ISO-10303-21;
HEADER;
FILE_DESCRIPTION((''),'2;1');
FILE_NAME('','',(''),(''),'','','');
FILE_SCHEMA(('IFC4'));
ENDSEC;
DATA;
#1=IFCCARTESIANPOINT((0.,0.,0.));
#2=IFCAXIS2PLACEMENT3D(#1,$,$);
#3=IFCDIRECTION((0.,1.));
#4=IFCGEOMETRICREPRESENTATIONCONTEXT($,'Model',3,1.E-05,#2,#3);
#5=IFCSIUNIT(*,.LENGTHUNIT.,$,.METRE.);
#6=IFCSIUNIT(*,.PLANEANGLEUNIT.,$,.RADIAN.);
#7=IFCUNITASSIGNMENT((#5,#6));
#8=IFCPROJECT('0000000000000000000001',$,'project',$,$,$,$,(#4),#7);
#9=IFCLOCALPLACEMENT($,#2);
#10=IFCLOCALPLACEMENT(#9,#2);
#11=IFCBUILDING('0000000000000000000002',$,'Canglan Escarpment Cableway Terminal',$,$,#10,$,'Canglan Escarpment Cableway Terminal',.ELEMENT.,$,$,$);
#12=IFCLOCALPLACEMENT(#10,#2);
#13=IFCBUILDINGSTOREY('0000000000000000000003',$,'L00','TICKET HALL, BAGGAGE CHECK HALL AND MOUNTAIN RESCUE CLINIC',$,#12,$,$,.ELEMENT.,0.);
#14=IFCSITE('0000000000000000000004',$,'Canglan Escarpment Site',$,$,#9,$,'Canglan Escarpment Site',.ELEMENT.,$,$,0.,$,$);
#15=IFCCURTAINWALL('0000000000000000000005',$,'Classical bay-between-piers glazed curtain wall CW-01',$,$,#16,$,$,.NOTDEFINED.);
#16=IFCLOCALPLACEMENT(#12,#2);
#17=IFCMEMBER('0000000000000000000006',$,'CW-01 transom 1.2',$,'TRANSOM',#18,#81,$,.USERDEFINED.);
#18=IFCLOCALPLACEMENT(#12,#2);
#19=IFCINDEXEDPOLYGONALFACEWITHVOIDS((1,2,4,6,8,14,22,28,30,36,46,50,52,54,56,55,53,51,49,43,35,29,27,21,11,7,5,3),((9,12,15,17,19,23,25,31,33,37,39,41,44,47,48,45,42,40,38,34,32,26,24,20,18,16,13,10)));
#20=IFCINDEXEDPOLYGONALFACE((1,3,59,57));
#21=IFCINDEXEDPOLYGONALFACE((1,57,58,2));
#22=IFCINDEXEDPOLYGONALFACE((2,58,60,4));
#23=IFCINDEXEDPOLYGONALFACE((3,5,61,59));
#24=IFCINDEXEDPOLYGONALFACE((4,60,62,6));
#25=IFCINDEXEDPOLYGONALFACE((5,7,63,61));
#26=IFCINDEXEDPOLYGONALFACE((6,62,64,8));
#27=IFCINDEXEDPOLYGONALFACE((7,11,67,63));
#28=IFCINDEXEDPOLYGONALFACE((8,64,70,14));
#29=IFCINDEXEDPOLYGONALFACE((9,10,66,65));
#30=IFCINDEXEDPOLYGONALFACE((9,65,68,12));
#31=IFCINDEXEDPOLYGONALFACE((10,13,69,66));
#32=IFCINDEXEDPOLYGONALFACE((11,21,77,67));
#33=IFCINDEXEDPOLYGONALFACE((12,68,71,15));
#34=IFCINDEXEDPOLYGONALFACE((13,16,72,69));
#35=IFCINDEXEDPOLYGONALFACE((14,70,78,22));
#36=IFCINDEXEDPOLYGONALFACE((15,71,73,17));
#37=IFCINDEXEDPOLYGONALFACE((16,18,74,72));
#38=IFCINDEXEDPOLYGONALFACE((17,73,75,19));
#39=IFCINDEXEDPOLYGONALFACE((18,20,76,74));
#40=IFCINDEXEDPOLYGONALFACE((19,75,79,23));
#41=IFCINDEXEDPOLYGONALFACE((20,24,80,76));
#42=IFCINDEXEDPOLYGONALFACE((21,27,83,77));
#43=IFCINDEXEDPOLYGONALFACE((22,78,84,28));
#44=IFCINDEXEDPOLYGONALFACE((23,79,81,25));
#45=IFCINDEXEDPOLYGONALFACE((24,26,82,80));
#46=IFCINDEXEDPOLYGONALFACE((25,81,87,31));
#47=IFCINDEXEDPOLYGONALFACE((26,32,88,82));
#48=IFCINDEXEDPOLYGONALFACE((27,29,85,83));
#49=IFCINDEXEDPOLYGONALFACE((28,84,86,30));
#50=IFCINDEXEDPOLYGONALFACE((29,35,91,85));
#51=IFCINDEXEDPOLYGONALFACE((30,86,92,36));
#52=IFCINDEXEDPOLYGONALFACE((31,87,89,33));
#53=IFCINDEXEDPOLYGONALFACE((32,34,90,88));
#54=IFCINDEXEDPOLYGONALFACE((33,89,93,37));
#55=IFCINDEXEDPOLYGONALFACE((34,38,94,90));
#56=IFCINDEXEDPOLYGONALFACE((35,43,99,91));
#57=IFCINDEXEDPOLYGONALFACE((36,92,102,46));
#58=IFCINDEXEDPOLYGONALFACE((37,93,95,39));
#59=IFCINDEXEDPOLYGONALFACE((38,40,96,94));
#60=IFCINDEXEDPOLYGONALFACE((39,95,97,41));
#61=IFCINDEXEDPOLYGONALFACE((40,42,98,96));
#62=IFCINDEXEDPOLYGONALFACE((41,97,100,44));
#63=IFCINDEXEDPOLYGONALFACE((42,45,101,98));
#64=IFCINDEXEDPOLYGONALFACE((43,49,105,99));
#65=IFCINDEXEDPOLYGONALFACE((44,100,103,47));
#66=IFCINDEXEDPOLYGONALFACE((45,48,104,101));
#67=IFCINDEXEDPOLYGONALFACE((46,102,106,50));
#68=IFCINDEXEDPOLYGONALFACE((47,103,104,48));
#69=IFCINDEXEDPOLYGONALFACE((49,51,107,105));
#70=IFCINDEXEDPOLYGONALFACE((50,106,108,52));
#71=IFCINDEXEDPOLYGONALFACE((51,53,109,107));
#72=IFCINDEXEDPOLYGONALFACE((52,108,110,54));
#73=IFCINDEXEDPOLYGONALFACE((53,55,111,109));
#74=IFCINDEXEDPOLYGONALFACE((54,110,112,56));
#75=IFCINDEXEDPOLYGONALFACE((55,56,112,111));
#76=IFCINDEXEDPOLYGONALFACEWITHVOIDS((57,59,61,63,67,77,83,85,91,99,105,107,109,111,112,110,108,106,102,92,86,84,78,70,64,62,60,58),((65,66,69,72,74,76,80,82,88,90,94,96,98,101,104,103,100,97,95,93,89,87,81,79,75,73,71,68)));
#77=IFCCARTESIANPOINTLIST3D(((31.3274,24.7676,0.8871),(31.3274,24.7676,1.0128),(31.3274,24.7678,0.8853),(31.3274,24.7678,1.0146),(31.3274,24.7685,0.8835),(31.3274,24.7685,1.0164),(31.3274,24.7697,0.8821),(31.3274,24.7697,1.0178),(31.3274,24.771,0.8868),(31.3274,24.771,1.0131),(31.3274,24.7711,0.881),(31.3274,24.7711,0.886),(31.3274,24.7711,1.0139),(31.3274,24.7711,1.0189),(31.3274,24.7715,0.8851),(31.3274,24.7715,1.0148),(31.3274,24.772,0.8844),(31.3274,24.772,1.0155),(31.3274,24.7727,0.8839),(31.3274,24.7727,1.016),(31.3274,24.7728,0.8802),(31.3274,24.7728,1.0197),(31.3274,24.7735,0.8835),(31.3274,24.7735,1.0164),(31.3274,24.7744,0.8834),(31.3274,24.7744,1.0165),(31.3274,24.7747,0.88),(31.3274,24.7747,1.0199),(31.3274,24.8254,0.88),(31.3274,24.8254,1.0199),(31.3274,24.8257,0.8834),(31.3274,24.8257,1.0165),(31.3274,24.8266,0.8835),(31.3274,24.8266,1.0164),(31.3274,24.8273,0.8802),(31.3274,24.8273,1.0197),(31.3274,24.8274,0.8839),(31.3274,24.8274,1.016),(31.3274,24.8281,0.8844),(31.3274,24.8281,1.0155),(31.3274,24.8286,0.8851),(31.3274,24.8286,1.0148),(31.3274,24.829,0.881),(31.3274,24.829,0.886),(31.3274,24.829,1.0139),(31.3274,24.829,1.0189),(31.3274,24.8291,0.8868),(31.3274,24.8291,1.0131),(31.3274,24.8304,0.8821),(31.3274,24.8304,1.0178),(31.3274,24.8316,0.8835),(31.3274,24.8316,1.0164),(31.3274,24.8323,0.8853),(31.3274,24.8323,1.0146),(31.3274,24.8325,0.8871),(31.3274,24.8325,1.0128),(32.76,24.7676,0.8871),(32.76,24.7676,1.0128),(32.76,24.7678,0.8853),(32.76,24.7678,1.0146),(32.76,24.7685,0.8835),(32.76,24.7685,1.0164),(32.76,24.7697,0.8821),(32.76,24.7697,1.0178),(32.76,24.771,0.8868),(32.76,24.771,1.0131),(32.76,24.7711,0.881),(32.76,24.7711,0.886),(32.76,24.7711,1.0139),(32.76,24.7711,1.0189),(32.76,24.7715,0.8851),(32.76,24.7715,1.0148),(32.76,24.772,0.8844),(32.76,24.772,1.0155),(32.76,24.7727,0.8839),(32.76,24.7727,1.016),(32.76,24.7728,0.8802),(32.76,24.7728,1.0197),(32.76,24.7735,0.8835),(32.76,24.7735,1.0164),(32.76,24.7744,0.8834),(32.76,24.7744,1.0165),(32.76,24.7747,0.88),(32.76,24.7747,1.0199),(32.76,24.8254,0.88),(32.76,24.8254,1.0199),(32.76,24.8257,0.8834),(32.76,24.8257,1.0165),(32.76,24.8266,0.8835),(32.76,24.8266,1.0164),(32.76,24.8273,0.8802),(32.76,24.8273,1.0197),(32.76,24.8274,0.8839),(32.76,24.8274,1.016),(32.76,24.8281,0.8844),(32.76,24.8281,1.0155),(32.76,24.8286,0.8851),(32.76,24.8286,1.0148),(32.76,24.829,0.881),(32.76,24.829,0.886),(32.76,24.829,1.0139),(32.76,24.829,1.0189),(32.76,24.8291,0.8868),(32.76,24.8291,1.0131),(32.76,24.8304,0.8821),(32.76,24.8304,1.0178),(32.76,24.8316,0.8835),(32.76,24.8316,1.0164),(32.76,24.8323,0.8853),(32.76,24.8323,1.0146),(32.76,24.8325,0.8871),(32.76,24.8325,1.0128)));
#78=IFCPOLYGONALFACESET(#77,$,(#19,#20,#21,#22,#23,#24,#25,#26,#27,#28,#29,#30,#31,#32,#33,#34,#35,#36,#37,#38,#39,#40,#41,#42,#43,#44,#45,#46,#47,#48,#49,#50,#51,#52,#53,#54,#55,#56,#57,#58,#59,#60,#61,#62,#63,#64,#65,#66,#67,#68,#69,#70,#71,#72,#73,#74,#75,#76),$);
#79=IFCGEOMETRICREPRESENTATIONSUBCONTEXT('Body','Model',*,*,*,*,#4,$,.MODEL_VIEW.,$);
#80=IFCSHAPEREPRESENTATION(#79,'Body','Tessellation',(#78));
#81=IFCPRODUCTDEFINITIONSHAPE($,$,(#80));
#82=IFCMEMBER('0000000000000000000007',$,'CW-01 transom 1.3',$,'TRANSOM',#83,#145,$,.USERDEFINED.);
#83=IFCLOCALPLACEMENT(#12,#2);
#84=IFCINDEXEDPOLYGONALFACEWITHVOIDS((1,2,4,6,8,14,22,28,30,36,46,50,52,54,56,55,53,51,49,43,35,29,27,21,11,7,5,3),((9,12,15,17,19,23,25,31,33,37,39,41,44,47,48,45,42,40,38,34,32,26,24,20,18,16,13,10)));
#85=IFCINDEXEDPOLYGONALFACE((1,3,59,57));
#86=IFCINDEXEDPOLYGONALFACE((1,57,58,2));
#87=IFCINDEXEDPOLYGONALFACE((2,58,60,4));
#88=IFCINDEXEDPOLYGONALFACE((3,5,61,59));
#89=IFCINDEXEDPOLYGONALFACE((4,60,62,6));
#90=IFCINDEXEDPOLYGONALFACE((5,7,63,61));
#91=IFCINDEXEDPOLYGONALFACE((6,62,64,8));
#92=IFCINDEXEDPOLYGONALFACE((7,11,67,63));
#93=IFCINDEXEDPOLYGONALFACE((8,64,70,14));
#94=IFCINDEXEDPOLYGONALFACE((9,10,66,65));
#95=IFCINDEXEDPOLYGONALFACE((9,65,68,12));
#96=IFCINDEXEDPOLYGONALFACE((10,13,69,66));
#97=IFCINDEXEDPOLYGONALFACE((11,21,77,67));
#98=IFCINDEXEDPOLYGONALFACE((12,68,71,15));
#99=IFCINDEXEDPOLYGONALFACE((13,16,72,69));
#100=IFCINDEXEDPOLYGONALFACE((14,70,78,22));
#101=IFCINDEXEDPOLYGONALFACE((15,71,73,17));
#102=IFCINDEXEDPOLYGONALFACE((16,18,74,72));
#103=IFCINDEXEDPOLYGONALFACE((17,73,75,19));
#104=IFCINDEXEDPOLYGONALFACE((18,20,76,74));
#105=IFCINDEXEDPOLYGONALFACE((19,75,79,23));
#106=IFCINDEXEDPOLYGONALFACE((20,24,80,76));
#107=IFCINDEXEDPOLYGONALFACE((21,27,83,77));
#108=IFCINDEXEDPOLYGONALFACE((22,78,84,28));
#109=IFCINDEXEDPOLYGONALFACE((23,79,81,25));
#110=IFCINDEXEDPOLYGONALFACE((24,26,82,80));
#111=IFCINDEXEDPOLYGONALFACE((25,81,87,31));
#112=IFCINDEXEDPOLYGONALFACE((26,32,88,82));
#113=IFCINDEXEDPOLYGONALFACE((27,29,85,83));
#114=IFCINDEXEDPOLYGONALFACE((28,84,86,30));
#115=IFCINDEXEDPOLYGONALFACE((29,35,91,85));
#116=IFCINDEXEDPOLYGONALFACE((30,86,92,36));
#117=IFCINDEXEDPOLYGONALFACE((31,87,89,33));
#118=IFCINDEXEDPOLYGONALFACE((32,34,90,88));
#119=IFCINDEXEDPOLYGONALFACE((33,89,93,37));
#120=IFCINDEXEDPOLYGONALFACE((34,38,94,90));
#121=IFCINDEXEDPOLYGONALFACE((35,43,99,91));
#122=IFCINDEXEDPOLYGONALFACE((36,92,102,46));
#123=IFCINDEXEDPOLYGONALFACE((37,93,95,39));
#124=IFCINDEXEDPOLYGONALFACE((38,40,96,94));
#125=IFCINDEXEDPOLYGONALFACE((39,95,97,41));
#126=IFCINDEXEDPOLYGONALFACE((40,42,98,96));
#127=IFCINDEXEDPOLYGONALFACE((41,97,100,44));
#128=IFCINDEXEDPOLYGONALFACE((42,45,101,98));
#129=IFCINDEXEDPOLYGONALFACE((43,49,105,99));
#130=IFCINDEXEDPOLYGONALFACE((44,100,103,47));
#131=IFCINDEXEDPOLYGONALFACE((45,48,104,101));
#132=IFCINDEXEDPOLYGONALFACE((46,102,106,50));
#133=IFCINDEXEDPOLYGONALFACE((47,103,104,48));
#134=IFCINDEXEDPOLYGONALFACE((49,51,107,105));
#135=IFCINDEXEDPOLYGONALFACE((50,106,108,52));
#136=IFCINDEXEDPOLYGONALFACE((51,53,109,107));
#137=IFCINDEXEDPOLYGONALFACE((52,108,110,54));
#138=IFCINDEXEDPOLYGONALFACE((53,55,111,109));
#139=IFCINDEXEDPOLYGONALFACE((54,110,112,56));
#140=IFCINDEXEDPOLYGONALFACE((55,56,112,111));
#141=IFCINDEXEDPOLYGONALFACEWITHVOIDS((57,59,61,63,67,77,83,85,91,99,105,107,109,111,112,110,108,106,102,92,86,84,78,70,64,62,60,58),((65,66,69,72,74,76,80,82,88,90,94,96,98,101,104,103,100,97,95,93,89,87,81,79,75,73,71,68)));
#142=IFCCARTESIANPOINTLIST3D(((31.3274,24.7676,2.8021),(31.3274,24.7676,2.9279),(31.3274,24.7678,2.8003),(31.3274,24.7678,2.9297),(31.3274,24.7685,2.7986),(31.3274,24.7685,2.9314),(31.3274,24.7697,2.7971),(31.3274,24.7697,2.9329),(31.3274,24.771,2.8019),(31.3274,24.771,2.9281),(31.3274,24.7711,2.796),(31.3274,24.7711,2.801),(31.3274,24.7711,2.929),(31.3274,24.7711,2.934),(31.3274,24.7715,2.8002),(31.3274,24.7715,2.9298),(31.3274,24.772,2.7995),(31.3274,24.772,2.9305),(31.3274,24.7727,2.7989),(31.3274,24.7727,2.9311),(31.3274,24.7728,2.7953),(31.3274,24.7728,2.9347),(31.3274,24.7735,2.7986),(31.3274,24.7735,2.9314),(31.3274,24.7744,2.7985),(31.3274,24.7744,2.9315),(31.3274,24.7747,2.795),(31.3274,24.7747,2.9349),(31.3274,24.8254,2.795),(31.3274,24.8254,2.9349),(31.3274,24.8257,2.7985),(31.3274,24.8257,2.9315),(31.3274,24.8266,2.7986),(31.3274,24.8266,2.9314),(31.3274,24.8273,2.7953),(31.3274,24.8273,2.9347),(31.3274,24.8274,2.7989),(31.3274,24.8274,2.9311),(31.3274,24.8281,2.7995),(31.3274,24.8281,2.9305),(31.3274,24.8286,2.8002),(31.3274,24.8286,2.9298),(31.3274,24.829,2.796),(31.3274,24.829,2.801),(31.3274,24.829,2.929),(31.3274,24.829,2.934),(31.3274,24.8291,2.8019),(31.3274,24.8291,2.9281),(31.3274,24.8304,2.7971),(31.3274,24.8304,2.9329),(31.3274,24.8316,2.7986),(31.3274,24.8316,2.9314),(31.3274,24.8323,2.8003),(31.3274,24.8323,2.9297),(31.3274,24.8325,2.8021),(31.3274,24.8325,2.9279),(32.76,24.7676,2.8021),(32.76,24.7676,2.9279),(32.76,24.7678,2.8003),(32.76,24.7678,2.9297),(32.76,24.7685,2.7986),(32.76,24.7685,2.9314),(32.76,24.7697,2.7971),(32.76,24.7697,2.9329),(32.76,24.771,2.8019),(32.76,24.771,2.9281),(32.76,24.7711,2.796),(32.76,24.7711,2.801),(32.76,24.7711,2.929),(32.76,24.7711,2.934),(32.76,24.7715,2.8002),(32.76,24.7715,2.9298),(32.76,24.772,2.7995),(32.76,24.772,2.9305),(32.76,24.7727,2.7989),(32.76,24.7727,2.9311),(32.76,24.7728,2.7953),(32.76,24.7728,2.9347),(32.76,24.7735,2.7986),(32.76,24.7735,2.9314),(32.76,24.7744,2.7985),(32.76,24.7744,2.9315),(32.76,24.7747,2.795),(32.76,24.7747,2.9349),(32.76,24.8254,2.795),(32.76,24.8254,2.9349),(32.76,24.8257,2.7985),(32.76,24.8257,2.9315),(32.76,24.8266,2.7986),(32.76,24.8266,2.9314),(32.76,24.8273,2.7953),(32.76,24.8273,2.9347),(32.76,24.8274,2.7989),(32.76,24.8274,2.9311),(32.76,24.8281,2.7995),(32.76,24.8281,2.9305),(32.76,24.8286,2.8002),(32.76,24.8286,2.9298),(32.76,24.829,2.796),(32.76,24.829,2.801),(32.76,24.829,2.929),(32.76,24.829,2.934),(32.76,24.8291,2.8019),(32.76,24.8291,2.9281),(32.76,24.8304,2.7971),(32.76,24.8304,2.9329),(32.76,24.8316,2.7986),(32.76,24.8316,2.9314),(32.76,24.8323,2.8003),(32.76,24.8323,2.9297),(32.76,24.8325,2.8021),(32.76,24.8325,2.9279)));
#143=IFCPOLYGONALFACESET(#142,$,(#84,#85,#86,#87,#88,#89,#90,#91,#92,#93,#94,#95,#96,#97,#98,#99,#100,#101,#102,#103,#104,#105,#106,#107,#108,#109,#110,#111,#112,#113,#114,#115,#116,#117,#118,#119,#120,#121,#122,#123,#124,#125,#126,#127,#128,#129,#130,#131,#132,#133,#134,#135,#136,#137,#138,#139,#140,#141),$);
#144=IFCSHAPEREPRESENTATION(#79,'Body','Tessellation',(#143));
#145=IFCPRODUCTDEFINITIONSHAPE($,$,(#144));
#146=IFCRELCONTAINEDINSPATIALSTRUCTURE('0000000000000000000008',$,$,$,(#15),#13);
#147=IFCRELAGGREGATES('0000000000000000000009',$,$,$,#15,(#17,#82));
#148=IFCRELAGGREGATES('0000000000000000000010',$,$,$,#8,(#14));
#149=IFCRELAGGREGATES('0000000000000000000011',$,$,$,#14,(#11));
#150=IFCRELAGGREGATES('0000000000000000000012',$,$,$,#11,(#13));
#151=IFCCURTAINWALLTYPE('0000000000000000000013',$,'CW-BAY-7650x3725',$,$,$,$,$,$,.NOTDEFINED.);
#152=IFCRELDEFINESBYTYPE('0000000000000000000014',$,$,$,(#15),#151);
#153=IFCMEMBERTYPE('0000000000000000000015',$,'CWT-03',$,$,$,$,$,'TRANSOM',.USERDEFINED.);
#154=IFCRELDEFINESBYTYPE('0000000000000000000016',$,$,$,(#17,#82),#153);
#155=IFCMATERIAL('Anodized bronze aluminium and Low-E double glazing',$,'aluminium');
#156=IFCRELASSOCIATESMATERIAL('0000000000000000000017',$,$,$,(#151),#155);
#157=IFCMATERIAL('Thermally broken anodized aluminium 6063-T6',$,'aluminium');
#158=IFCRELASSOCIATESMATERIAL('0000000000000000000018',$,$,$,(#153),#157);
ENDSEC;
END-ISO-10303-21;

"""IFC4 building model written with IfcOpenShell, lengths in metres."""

from ifc_helpers import new_model, si_unit, direction, frame, origin, origin_2d, place, context, subcontext, project, spatial, hollow_rectangle, extrude, material, material_profile, profile_set, type_object, element, aggregate, save


model = new_model("IFC4")

# Units and contexts
model_context = context("Model", 3, precision=1e-05, world=origin(), true_north=direction((0.0, 1.0)))
body_context = subcontext(model_context, "Body", "Model", "MODEL_VIEW")
ifc_project = project(units=[si_unit("LENGTHUNIT", "METRE"), si_unit("PLANEANGLEUNIT", "RADIAN")], contexts=[model_context])

# Site, building, storey
site_placement = place(None, origin())
site = spatial("IfcSite", under=ifc_project, at=site_placement, Name="Canglan Escarpment Site", LongName="Canglan Escarpment Site", CompositionType="ELEMENT", RefElevation=0.0)
building_placement = place(site_placement, origin())
building = spatial("IfcBuilding", under=site, at=building_placement, Name="Canglan Escarpment Cableway Terminal", LongName="Canglan Escarpment Cableway Terminal", CompositionType="ELEMENT")
storey_placement = place(building_placement, origin())
storey = spatial("IfcBuildingStorey", under=building, at=storey_placement, Name="L00", Description="TICKET HALL, BAGGAGE CHECK HALL AND MOUNTAIN RESCUE CLINIC", CompositionType="ELEMENT", Elevation=0.0)

# Curtain wall
ifc_material_1 = material(Name="Anodized bronze aluminium and Low-E double glazing", Category="aluminium")
curtain_wall_type = type_object("IfcCurtainWallType", Name="CW-BAY-7650x3725", PredefinedType="NOTDEFINED", material=ifc_material_1)
ifc_material_2 = material(Name="Thermally broken anodized aluminium 6063-T6", Category="aluminium")
curtain_wall_1_placement = place(storey_placement, origin())
curtain_wall_1 = element("IfcCurtainWall", 1, at=curtain_wall_1_placement, inside=storey, type_object=curtain_wall_type, Name="Classical bay-between-piers glazed curtain wall CW-01", PredefinedType="NOTDEFINED")

# Members
ifc_material_profile_1 = material_profile(ifc_material_2, hollow_rectangle(XDim=0.0649, YDim=0.1399, WallThickness=0.0034, InnerFilletRadius=0.0034, OuterFilletRadius=0.0071, at=origin_2d()), Name="ALU-TRAN 65x140x3.5")
ifc_profile_set_1 = profile_set([ifc_material_profile_1], Name="Thermally broken anodized aluminium 6063-T6")
member_type_1 = type_object("IfcMemberType", Name="CWT-03", ElementType="TRANSOM", PredefinedType="USERDEFINED", material=ifc_profile_set_1)
member_1_placement = place(storey_placement, frame((32.76, 24.8, 0.95), z_axis=(-1.0, 0.0, 0.0), x_axis=(0.0, -1.0, 0.0)))
member_1 = element("IfcMember", 2, at=member_1_placement, type_object=member_type_1, Name="CW-01 transom 1.2", ObjectType="TRANSOM", PredefinedType="USERDEFINED", context=body_context, shape_type="SweptSolid", body=[
    extrude(hollow_rectangle(XDim=0.0649, YDim=0.1399, WallThickness=0.0034, InnerFilletRadius=0.0034, OuterFilletRadius=0.0071, at=origin_2d()), origin(), (0.0, 0.0, 1.0), 1.4326),
])
member_2_placement = place(storey_placement, frame((32.76, 24.8, 2.865), z_axis=(-1.0, 0.0, 0.0), x_axis=(0.0, -1.0, 0.0)))
member_2 = element("IfcMember", 3, at=member_2_placement, type_object=member_type_1, Name="CW-01 transom 1.3", ObjectType="TRANSOM", PredefinedType="USERDEFINED", context=body_context, shape_type="SweptSolid", body=[
    extrude(hollow_rectangle(XDim=0.0649, YDim=0.1399, WallThickness=0.0034, InnerFilletRadius=0.0034, OuterFilletRadius=0.0071, at=origin_2d()), origin(), (0.0, 0.0, 1.0), 1.4326),
])

aggregate(curtain_wall_1, [member_1, member_2])

save(model, "model.ifc")
